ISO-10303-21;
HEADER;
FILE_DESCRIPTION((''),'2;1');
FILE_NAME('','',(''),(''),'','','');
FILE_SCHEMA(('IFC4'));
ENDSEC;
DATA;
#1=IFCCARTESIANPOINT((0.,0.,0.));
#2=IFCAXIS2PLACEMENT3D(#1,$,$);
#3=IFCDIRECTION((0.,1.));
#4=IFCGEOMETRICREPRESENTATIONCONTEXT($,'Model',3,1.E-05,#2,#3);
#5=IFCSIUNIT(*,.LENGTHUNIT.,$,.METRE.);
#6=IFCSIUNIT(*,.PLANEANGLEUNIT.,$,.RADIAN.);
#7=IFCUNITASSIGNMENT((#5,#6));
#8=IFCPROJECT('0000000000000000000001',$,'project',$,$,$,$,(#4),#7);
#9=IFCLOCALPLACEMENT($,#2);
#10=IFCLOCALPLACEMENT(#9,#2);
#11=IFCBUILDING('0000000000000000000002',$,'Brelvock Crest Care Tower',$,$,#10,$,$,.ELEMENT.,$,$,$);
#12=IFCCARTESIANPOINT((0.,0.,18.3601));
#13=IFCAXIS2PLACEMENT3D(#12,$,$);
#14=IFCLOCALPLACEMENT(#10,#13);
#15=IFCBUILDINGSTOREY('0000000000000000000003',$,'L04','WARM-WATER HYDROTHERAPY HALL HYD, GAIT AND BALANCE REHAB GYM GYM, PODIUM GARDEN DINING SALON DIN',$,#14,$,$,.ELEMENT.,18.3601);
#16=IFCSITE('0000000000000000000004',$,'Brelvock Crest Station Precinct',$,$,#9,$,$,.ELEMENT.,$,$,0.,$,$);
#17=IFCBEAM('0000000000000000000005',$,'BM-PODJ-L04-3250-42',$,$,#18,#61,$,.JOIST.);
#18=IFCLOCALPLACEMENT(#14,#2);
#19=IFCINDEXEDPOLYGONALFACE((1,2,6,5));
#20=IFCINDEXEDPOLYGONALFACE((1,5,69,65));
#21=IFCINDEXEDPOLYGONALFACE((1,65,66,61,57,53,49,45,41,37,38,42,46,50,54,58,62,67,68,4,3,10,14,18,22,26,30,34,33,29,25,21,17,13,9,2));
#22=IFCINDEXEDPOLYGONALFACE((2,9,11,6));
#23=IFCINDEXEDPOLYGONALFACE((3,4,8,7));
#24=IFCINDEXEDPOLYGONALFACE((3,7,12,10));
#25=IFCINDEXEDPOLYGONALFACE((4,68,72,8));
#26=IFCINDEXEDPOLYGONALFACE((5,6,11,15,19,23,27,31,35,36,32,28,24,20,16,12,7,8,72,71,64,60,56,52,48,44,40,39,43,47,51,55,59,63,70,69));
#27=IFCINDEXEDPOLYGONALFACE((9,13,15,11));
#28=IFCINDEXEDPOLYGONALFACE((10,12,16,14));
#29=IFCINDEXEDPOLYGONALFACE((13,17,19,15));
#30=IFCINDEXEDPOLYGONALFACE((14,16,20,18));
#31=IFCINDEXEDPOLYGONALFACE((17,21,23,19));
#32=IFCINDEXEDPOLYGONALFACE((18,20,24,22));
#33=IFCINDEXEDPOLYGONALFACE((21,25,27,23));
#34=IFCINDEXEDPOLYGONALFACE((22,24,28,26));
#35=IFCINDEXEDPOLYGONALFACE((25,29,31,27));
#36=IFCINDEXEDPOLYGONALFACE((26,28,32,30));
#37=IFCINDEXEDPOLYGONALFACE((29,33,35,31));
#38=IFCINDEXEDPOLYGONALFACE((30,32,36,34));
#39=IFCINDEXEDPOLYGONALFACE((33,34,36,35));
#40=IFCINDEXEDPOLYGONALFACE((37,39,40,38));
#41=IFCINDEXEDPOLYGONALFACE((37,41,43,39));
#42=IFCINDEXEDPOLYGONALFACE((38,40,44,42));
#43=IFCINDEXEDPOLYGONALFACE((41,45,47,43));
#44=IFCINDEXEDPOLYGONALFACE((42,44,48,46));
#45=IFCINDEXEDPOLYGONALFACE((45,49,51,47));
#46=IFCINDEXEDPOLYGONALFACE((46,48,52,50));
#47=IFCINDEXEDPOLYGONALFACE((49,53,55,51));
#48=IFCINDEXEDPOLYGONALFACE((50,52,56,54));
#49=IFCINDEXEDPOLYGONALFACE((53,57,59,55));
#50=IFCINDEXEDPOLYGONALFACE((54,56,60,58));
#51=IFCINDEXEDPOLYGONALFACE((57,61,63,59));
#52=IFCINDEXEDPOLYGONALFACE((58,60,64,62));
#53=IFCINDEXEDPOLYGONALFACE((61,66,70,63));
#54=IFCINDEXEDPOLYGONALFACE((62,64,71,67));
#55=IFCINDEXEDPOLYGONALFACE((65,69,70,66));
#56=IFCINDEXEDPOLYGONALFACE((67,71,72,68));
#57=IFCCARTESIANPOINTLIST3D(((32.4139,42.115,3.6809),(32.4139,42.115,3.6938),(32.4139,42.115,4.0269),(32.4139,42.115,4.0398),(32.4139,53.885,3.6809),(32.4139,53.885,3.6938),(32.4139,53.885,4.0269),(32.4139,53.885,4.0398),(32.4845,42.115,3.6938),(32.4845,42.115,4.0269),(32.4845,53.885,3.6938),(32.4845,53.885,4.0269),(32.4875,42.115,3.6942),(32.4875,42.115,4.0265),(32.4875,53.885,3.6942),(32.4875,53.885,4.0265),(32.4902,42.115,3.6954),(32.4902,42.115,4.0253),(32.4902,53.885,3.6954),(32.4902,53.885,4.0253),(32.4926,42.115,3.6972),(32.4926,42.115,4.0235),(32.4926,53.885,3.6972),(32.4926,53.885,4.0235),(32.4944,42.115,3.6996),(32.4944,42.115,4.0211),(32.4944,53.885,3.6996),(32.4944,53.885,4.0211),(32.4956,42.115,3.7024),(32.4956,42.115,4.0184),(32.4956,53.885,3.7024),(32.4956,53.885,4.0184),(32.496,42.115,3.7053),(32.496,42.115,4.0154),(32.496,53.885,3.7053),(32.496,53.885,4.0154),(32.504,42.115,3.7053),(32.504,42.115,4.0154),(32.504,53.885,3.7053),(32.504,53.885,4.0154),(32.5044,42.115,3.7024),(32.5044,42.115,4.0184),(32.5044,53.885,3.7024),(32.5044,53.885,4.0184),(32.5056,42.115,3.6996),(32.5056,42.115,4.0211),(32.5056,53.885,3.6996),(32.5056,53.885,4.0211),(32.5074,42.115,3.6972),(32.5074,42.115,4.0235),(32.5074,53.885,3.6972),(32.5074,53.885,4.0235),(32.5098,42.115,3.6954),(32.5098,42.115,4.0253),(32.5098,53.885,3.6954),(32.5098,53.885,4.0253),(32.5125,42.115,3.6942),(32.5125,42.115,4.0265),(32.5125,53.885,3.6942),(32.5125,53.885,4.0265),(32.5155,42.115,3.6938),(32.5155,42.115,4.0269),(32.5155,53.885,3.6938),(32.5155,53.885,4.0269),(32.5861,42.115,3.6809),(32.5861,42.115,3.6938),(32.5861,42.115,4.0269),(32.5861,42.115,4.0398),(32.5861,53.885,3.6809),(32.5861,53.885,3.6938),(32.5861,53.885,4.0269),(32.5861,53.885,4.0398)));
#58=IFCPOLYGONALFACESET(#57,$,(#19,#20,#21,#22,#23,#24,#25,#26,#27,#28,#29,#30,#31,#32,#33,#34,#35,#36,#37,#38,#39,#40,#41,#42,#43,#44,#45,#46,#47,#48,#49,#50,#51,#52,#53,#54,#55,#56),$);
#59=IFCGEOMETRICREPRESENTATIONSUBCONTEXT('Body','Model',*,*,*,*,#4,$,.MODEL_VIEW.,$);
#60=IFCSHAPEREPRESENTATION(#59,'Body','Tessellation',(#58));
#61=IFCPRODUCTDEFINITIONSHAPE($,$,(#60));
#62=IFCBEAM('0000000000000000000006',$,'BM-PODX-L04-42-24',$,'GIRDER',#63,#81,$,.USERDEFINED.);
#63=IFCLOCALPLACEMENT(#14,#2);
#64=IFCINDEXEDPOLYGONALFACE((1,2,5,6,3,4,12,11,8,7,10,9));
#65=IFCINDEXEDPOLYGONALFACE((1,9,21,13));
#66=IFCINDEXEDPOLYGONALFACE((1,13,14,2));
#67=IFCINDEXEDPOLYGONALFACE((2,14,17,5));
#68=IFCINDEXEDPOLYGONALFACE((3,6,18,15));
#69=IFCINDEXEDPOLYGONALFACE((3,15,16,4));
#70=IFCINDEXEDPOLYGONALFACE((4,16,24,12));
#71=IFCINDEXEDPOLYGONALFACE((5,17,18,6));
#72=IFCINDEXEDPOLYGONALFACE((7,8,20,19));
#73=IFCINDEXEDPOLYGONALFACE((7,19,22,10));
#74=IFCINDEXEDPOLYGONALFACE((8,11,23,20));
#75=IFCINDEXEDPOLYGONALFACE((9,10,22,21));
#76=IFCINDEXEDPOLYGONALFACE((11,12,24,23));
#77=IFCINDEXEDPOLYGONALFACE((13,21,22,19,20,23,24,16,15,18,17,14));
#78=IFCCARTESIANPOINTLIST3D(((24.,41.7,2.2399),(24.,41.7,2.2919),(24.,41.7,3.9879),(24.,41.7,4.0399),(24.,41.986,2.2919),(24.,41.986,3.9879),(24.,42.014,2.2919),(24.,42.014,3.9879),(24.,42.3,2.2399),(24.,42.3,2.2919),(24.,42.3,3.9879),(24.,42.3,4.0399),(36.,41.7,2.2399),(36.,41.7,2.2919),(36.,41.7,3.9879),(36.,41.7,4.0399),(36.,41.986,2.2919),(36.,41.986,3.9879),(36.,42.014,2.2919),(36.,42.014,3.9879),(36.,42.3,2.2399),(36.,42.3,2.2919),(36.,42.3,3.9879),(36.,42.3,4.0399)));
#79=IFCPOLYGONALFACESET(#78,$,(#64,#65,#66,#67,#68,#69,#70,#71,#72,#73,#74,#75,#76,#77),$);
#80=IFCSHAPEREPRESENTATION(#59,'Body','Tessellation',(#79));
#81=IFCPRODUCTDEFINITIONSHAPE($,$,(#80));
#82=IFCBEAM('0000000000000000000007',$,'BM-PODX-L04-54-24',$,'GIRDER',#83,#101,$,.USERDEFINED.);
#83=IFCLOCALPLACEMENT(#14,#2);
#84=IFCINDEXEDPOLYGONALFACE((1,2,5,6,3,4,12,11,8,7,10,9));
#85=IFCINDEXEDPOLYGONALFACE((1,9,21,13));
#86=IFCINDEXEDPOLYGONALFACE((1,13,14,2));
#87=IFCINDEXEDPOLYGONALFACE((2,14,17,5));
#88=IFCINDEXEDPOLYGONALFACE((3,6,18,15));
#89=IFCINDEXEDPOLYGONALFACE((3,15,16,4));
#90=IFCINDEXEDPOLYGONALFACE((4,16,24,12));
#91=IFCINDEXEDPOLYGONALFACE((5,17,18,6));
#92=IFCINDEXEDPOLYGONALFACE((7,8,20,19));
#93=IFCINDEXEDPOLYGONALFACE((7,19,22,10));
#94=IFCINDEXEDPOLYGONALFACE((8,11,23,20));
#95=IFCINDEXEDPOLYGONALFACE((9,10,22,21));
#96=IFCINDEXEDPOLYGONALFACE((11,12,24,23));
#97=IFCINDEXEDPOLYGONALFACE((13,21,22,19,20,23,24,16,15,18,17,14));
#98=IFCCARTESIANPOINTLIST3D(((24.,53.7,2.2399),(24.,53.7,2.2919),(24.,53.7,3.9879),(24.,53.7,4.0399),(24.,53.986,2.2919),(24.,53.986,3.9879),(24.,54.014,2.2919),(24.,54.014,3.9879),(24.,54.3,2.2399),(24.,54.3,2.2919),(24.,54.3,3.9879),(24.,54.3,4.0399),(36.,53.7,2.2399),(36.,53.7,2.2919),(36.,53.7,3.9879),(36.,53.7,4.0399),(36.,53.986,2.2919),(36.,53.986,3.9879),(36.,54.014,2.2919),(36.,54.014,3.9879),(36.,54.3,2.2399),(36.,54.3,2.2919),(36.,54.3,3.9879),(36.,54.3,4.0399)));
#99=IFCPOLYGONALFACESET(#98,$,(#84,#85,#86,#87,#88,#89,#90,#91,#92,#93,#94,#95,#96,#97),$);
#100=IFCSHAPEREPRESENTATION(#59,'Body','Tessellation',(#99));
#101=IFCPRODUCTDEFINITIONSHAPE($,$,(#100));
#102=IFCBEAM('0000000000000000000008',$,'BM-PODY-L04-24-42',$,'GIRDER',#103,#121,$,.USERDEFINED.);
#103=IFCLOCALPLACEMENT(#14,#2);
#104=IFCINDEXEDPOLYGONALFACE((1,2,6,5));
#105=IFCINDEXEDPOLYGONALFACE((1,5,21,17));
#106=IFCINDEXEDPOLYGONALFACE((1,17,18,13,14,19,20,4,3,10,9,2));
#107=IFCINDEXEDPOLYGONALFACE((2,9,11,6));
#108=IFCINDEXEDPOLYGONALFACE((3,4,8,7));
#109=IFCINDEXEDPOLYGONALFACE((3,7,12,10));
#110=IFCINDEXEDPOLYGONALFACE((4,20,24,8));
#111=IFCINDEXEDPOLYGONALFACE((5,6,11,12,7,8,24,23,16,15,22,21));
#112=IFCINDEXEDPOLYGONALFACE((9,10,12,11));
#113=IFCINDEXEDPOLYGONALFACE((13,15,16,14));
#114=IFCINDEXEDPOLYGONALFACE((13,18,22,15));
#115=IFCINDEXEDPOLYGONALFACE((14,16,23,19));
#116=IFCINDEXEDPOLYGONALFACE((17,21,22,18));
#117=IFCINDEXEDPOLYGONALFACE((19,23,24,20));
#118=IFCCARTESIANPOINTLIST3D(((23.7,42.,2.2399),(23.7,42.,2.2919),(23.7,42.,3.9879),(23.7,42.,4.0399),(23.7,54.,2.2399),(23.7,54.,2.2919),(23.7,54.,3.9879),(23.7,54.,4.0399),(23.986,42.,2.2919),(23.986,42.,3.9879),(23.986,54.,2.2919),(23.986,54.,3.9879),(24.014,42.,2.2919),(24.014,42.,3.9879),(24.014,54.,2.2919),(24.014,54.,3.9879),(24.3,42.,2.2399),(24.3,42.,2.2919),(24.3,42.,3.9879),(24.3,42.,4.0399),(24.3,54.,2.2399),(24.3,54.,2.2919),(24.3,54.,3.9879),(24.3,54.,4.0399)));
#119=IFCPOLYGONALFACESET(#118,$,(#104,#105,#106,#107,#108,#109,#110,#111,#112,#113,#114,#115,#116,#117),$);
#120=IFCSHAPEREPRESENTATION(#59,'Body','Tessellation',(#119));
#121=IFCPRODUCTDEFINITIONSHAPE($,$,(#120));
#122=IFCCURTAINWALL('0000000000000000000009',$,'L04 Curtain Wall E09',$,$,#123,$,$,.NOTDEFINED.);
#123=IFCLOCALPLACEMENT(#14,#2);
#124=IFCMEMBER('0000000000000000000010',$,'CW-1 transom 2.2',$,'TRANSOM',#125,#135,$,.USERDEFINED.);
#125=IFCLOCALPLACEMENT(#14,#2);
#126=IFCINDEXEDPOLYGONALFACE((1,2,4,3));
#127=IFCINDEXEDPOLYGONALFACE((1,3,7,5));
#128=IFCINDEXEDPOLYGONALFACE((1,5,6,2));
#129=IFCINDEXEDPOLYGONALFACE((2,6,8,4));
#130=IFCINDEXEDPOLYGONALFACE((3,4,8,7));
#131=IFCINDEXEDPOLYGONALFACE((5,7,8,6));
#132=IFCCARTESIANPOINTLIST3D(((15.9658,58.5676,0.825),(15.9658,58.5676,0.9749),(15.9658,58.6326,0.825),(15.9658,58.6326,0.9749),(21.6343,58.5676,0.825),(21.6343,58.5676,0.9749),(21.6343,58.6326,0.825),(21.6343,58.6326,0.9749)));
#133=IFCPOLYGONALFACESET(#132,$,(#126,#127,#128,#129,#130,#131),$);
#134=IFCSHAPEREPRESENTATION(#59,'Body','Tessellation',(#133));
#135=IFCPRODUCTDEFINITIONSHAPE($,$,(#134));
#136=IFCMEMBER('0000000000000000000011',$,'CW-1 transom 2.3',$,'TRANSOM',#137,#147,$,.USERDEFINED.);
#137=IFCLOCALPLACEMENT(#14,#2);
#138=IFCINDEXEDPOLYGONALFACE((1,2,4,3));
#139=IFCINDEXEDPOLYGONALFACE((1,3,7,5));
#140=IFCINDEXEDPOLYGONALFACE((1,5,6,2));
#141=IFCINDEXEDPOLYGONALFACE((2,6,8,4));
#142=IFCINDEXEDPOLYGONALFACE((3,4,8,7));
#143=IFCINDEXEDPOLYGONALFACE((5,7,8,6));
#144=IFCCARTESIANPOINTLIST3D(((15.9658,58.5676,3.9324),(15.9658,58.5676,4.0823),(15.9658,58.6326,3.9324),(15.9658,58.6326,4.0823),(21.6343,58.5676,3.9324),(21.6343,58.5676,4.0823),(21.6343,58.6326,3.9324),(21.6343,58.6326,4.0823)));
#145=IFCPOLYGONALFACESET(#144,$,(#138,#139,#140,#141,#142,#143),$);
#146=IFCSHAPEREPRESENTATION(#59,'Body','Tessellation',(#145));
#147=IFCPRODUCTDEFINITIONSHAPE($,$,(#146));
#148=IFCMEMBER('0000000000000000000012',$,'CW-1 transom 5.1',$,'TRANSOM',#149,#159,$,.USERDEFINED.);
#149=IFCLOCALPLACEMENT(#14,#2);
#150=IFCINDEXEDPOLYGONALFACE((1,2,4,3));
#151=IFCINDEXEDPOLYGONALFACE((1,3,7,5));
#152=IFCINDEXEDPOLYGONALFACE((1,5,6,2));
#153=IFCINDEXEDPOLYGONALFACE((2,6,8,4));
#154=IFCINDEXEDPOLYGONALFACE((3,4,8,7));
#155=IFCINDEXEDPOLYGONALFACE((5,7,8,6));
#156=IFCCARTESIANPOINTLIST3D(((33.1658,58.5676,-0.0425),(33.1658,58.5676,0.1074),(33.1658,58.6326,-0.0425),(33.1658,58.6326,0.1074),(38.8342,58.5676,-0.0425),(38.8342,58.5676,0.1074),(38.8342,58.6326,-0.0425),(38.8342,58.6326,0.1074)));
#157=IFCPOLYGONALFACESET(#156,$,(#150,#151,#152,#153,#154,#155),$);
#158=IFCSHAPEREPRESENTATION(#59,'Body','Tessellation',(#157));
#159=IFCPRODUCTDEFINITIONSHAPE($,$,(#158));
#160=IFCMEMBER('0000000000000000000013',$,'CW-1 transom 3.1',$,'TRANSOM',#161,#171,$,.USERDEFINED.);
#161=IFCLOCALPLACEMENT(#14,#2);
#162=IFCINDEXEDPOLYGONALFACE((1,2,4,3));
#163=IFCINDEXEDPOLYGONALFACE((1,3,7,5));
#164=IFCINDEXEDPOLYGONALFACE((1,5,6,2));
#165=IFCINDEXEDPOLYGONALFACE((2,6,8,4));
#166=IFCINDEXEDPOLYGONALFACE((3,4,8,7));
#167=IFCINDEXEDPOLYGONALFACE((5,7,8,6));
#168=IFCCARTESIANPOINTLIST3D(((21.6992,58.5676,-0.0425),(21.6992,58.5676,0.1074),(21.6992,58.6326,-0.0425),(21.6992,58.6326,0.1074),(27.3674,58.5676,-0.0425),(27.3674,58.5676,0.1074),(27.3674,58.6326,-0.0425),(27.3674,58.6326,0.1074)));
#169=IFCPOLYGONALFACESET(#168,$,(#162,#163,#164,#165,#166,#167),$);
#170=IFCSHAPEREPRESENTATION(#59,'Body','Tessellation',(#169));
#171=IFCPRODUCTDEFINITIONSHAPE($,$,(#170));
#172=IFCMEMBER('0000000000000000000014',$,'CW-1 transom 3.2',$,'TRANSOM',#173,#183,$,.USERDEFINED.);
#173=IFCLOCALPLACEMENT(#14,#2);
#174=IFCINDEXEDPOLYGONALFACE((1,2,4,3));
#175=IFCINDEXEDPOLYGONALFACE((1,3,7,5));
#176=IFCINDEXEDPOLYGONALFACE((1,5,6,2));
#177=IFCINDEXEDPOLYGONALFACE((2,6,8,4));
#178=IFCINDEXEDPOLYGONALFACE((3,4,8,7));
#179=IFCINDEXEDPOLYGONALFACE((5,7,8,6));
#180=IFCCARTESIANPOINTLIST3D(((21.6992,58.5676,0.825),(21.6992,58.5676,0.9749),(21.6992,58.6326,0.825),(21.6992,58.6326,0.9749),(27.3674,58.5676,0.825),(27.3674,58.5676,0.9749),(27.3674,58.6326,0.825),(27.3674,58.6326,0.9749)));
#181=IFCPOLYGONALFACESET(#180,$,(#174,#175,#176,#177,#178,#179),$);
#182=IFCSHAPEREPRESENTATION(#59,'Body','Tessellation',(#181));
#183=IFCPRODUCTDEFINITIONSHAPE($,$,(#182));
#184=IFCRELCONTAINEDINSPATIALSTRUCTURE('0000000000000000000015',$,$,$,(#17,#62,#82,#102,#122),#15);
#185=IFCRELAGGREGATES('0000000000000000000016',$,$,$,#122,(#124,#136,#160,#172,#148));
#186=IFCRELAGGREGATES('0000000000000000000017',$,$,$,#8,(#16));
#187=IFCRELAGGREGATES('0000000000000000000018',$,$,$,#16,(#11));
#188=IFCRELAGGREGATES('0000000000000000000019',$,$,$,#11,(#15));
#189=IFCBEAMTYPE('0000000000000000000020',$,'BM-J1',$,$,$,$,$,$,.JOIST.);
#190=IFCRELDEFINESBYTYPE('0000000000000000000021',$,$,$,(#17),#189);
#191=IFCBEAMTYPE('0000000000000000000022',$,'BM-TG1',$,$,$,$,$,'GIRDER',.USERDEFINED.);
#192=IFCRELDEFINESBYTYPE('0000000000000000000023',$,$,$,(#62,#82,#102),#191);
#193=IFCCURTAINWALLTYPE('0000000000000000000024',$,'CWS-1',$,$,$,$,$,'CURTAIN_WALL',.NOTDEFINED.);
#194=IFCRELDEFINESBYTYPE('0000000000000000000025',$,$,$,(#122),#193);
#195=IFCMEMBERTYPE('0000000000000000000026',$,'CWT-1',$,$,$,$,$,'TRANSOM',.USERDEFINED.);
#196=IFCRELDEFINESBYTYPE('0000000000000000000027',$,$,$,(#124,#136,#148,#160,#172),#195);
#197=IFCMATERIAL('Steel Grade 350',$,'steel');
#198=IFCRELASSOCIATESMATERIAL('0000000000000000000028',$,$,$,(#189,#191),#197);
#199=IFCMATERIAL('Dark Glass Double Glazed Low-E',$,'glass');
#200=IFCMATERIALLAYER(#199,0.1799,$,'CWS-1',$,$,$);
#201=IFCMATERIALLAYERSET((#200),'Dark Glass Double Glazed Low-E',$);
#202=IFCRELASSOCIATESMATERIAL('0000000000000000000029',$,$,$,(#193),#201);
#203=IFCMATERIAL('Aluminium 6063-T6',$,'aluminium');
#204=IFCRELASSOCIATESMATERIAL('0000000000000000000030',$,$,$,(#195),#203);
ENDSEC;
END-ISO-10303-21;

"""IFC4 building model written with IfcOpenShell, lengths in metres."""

from ifc_helpers import new_model, si_unit, direction, frame, origin, origin_2d, place, context, subcontext, project, spatial, rectangle, i_section, extrude, source, transform, mapped, material, layer, layer_set, material_profile, profile_set, type_object, element, aggregate, save


model = new_model("IFC4")

# Units and contexts
model_context = context("Model", 3, precision=1e-05, world=origin(), true_north=direction((0.0, 1.0)))
body_context = subcontext(model_context, "Body", "Model", "MODEL_VIEW")
ifc_project = project(units=[si_unit("LENGTHUNIT", "METRE"), si_unit("PLANEANGLEUNIT", "RADIAN")], contexts=[model_context])

# Site, building, storey
site_placement = place(None, origin())
site = spatial("IfcSite", under=ifc_project, at=site_placement, Name="Brelvock Crest Station Precinct", CompositionType="ELEMENT", RefElevation=0.0)
building_placement = place(site_placement, origin())
building = spatial("IfcBuilding", under=site, at=building_placement, Name="Brelvock Crest Care Tower", CompositionType="ELEMENT")
storey_placement = place(building_placement, frame((0.0, 0.0, 18.3601)))
storey = spatial("IfcBuildingStorey", under=building, at=storey_placement, Name="L04", Description="WARM-WATER HYDROTHERAPY HALL HYD, GAIT AND BALANCE REHAB GYM GYM, PODIUM GARDEN DINING SALON DIN", CompositionType="ELEMENT", Elevation=18.3601)

# Shared definitions
ifc_material_1 = material(Name="Steel Grade 350", Category="steel")

# Beams
ifc_material_profile_1 = material_profile(ifc_material_1, i_section(OverallWidth=0.1721, OverallDepth=0.3589, WebThickness=0.0081, FlangeThickness=0.0129, FilletRadius=0.0115, at=origin_2d()), Name="360UB56.7")
ifc_profile_set_1 = profile_set([ifc_material_profile_1], Name="Steel Grade 350")
beam_type_1 = type_object("IfcBeamType", Name="BM-J1", PredefinedType="JOIST", material=ifc_profile_set_1)
shared_shape_1 = source(origin(), body_context, "Body", "SweptSolid", [
    extrude(i_section(OverallWidth=0.1721, OverallDepth=0.3589, WebThickness=0.0081, FlangeThickness=0.0129, FilletRadius=0.0115, at=origin_2d()), origin(), (0.0, 0.0, 1.0), 11.77),
])
for number, where, z_axis, x_axis, name in (
    (1, (32.5, 42.115, 3.8604), (0.0, 1.0, 0.0), (-1.0, 0.0, 0.0), "BM-PODJ-L04-3250-42"),
):
    element("IfcBeam", number, at=place(storey_placement, frame(where, z_axis=z_axis, x_axis=x_axis)), inside=storey, type_object=beam_type_1, Name=name, PredefinedType="JOIST", context=body_context, shape_type="MappedRepresentation", body=[
        mapped(shared_shape_1, transform((0.0, 0.0, 0.0), x_axis=(1.0, 0.0, 0.0), y_axis=(0.0, 1.0, 0.0), z_axis=(0.0, 0.0, 1.0), scale=1.0)),
    ])
ifc_material_profile_2 = material_profile(ifc_material_1, i_section(OverallWidth=0.6001, OverallDepth=1.8, WebThickness=0.0281, FlangeThickness=0.052, at=origin_2d()), Name="1800TG740")
ifc_profile_set_2 = profile_set([ifc_material_profile_2], Name="Steel Grade 350")
beam_type_2 = type_object("IfcBeamType", Name="BM-TG1", ElementType="GIRDER", PredefinedType="USERDEFINED", material=ifc_profile_set_2)
shared_shape_2 = source(origin(), body_context, "Body", "SweptSolid", [
    extrude(i_section(OverallWidth=0.6001, OverallDepth=1.8, WebThickness=0.0281, FlangeThickness=0.052, at=origin_2d()), origin(), (0.0, 0.0, 1.0), 12.0),
])
for number, where, z_axis, x_axis, name in (
    (2, (24.0, 42.0, 3.1399), (1.0, 0.0, 0.0), (0.0, 1.0, 0.0), "BM-PODX-L04-42-24"),
    (3, (24.0, 54.0, 3.1399), (1.0, 0.0, 0.0), (0.0, 1.0, 0.0), "BM-PODX-L04-54-24"),
    (4, (24.0, 42.0, 3.1399), (0.0, 1.0, 0.0), (-1.0, 0.0, 0.0), "BM-PODY-L04-24-42"),
):
    element("IfcBeam", number, at=place(storey_placement, frame(where, z_axis=z_axis, x_axis=x_axis)), inside=storey, type_object=beam_type_2, Name=name, ObjectType="GIRDER", PredefinedType="USERDEFINED", context=body_context, shape_type="MappedRepresentation", body=[
        mapped(shared_shape_2, transform((0.0, 0.0, 0.0), x_axis=(1.0, 0.0, 0.0), y_axis=(0.0, 1.0, 0.0), z_axis=(0.0, 0.0, 1.0), scale=1.0)),
    ])

# Curtain wall, members
ifc_material_2 = material(Name="Dark Glass Double Glazed Low-E", Category="glass")
ifc_layer_1 = layer(ifc_material_2, 0.1799, Name="CWS-1")
ifc_layer_set_1 = layer_set([ifc_layer_1], Name="Dark Glass Double Glazed Low-E")
curtain_wall_type = type_object("IfcCurtainWallType", Name="CWS-1", ElementType="CURTAIN_WALL", PredefinedType="NOTDEFINED", material=ifc_layer_set_1)
curtain_wall_placement = place(storey_placement, origin())
curtain_wall = element("IfcCurtainWall", 5, at=curtain_wall_placement, inside=storey, type_object=curtain_wall_type, Name="L04 Curtain Wall E09", PredefinedType="NOTDEFINED")
ifc_material_3 = material(Name="Aluminium 6063-T6", Category="aluminium")
ifc_material_profile_3 = material_profile(ifc_material_3, rectangle(XDim=0.0649, YDim=0.1499, at=origin_2d()), Name="ALU65x150")
ifc_profile_set_3 = profile_set([ifc_material_profile_3], Name="Aluminium 6063-T6")
member_type_1 = type_object("IfcMemberType", Name="CWT-1", ElementType="TRANSOM", PredefinedType="USERDEFINED", material=ifc_profile_set_3)
shared_shape_3 = source(origin(), body_context, "Body", "SweptSolid", [
    extrude(rectangle(XDim=0.0649, YDim=0.1499, at=origin_2d()), origin(), (0.0, 0.0, 1.0), 5.6685),
])
member_1_placement = place(storey_placement, frame((15.9658, 58.6001, 0.8999), z_axis=(1.0, 0.0, 0.0), x_axis=(0.0, 1.0, 0.0)))
member_1 = element("IfcMember", 6, at=member_1_placement, type_object=member_type_1, Name="CW-1 transom 2.2", ObjectType="TRANSOM", PredefinedType="USERDEFINED", context=body_context, shape_type="MappedRepresentation", body=[
    mapped(shared_shape_3, transform((0.0, 0.0, 0.0), x_axis=(1.0, 0.0, 0.0), y_axis=(0.0, 1.0, 0.0), z_axis=(0.0, 0.0, 1.0), scale=1.0)),
])
member_2_placement = place(storey_placement, frame((15.9658, 58.6001, 4.0073), z_axis=(1.0, 0.0, 0.0), x_axis=(0.0, 1.0, 0.0)))
member_2 = element("IfcMember", 7, at=member_2_placement, type_object=member_type_1, Name="CW-1 transom 2.3", ObjectType="TRANSOM", PredefinedType="USERDEFINED", context=body_context, shape_type="MappedRepresentation", body=[
    mapped(shared_shape_3, transform((0.0, 0.0, 0.0), x_axis=(1.0, 0.0, 0.0), y_axis=(0.0, 1.0, 0.0), z_axis=(0.0, 0.0, 1.0), scale=1.0)),
])
member_3_placement = place(storey_placement, frame((33.1658, 58.6001, 0.0325), z_axis=(1.0, 0.0, 0.0), x_axis=(0.0, 1.0, 0.0)))
member_3 = element("IfcMember", 8, at=member_3_placement, type_object=member_type_1, Name="CW-1 transom 5.1", ObjectType="TRANSOM", PredefinedType="USERDEFINED", context=body_context, shape_type="MappedRepresentation", body=[
    mapped(shared_shape_3, transform((0.0, 0.0, 0.0), x_axis=(1.0, 0.0, 0.0), y_axis=(0.0, 1.0, 0.0), z_axis=(0.0, 0.0, 1.0), scale=1.0)),
])
shared_shape_4 = source(origin(), body_context, "Body", "SweptSolid", [
    extrude(rectangle(XDim=0.0649, YDim=0.1499, at=origin_2d()), origin(), (0.0, 0.0, 1.0), 5.6682),
])
member_4_placement = place(storey_placement, frame((21.6992, 58.6001, 0.0325), z_axis=(1.0, 0.0, 0.0), x_axis=(0.0, 1.0, 0.0)))
member_4 = element("IfcMember", 9, at=member_4_placement, type_object=member_type_1, Name="CW-1 transom 3.1", ObjectType="TRANSOM", PredefinedType="USERDEFINED", context=body_context, shape_type="MappedRepresentation", body=[
    mapped(shared_shape_4, transform((0.0, 0.0, 0.0), x_axis=(1.0, 0.0, 0.0), y_axis=(0.0, 1.0, 0.0), z_axis=(0.0, 0.0, 1.0), scale=1.0)),
])
member_5_placement = place(storey_placement, frame((21.6992, 58.6001, 0.8999), z_axis=(1.0, 0.0, 0.0), x_axis=(0.0, 1.0, 0.0)))
member_5 = element("IfcMember", 10, at=member_5_placement, type_object=member_type_1, Name="CW-1 transom 3.2", ObjectType="TRANSOM", PredefinedType="USERDEFINED", context=body_context, shape_type="MappedRepresentation", body=[
    mapped(shared_shape_4, transform((0.0, 0.0, 0.0), x_axis=(1.0, 0.0, 0.0), y_axis=(0.0, 1.0, 0.0), z_axis=(0.0, 0.0, 1.0), scale=1.0)),
])
aggregate(curtain_wall, [member_1, member_2, member_4, member_5, member_3])

save(model, "model.ifc")
